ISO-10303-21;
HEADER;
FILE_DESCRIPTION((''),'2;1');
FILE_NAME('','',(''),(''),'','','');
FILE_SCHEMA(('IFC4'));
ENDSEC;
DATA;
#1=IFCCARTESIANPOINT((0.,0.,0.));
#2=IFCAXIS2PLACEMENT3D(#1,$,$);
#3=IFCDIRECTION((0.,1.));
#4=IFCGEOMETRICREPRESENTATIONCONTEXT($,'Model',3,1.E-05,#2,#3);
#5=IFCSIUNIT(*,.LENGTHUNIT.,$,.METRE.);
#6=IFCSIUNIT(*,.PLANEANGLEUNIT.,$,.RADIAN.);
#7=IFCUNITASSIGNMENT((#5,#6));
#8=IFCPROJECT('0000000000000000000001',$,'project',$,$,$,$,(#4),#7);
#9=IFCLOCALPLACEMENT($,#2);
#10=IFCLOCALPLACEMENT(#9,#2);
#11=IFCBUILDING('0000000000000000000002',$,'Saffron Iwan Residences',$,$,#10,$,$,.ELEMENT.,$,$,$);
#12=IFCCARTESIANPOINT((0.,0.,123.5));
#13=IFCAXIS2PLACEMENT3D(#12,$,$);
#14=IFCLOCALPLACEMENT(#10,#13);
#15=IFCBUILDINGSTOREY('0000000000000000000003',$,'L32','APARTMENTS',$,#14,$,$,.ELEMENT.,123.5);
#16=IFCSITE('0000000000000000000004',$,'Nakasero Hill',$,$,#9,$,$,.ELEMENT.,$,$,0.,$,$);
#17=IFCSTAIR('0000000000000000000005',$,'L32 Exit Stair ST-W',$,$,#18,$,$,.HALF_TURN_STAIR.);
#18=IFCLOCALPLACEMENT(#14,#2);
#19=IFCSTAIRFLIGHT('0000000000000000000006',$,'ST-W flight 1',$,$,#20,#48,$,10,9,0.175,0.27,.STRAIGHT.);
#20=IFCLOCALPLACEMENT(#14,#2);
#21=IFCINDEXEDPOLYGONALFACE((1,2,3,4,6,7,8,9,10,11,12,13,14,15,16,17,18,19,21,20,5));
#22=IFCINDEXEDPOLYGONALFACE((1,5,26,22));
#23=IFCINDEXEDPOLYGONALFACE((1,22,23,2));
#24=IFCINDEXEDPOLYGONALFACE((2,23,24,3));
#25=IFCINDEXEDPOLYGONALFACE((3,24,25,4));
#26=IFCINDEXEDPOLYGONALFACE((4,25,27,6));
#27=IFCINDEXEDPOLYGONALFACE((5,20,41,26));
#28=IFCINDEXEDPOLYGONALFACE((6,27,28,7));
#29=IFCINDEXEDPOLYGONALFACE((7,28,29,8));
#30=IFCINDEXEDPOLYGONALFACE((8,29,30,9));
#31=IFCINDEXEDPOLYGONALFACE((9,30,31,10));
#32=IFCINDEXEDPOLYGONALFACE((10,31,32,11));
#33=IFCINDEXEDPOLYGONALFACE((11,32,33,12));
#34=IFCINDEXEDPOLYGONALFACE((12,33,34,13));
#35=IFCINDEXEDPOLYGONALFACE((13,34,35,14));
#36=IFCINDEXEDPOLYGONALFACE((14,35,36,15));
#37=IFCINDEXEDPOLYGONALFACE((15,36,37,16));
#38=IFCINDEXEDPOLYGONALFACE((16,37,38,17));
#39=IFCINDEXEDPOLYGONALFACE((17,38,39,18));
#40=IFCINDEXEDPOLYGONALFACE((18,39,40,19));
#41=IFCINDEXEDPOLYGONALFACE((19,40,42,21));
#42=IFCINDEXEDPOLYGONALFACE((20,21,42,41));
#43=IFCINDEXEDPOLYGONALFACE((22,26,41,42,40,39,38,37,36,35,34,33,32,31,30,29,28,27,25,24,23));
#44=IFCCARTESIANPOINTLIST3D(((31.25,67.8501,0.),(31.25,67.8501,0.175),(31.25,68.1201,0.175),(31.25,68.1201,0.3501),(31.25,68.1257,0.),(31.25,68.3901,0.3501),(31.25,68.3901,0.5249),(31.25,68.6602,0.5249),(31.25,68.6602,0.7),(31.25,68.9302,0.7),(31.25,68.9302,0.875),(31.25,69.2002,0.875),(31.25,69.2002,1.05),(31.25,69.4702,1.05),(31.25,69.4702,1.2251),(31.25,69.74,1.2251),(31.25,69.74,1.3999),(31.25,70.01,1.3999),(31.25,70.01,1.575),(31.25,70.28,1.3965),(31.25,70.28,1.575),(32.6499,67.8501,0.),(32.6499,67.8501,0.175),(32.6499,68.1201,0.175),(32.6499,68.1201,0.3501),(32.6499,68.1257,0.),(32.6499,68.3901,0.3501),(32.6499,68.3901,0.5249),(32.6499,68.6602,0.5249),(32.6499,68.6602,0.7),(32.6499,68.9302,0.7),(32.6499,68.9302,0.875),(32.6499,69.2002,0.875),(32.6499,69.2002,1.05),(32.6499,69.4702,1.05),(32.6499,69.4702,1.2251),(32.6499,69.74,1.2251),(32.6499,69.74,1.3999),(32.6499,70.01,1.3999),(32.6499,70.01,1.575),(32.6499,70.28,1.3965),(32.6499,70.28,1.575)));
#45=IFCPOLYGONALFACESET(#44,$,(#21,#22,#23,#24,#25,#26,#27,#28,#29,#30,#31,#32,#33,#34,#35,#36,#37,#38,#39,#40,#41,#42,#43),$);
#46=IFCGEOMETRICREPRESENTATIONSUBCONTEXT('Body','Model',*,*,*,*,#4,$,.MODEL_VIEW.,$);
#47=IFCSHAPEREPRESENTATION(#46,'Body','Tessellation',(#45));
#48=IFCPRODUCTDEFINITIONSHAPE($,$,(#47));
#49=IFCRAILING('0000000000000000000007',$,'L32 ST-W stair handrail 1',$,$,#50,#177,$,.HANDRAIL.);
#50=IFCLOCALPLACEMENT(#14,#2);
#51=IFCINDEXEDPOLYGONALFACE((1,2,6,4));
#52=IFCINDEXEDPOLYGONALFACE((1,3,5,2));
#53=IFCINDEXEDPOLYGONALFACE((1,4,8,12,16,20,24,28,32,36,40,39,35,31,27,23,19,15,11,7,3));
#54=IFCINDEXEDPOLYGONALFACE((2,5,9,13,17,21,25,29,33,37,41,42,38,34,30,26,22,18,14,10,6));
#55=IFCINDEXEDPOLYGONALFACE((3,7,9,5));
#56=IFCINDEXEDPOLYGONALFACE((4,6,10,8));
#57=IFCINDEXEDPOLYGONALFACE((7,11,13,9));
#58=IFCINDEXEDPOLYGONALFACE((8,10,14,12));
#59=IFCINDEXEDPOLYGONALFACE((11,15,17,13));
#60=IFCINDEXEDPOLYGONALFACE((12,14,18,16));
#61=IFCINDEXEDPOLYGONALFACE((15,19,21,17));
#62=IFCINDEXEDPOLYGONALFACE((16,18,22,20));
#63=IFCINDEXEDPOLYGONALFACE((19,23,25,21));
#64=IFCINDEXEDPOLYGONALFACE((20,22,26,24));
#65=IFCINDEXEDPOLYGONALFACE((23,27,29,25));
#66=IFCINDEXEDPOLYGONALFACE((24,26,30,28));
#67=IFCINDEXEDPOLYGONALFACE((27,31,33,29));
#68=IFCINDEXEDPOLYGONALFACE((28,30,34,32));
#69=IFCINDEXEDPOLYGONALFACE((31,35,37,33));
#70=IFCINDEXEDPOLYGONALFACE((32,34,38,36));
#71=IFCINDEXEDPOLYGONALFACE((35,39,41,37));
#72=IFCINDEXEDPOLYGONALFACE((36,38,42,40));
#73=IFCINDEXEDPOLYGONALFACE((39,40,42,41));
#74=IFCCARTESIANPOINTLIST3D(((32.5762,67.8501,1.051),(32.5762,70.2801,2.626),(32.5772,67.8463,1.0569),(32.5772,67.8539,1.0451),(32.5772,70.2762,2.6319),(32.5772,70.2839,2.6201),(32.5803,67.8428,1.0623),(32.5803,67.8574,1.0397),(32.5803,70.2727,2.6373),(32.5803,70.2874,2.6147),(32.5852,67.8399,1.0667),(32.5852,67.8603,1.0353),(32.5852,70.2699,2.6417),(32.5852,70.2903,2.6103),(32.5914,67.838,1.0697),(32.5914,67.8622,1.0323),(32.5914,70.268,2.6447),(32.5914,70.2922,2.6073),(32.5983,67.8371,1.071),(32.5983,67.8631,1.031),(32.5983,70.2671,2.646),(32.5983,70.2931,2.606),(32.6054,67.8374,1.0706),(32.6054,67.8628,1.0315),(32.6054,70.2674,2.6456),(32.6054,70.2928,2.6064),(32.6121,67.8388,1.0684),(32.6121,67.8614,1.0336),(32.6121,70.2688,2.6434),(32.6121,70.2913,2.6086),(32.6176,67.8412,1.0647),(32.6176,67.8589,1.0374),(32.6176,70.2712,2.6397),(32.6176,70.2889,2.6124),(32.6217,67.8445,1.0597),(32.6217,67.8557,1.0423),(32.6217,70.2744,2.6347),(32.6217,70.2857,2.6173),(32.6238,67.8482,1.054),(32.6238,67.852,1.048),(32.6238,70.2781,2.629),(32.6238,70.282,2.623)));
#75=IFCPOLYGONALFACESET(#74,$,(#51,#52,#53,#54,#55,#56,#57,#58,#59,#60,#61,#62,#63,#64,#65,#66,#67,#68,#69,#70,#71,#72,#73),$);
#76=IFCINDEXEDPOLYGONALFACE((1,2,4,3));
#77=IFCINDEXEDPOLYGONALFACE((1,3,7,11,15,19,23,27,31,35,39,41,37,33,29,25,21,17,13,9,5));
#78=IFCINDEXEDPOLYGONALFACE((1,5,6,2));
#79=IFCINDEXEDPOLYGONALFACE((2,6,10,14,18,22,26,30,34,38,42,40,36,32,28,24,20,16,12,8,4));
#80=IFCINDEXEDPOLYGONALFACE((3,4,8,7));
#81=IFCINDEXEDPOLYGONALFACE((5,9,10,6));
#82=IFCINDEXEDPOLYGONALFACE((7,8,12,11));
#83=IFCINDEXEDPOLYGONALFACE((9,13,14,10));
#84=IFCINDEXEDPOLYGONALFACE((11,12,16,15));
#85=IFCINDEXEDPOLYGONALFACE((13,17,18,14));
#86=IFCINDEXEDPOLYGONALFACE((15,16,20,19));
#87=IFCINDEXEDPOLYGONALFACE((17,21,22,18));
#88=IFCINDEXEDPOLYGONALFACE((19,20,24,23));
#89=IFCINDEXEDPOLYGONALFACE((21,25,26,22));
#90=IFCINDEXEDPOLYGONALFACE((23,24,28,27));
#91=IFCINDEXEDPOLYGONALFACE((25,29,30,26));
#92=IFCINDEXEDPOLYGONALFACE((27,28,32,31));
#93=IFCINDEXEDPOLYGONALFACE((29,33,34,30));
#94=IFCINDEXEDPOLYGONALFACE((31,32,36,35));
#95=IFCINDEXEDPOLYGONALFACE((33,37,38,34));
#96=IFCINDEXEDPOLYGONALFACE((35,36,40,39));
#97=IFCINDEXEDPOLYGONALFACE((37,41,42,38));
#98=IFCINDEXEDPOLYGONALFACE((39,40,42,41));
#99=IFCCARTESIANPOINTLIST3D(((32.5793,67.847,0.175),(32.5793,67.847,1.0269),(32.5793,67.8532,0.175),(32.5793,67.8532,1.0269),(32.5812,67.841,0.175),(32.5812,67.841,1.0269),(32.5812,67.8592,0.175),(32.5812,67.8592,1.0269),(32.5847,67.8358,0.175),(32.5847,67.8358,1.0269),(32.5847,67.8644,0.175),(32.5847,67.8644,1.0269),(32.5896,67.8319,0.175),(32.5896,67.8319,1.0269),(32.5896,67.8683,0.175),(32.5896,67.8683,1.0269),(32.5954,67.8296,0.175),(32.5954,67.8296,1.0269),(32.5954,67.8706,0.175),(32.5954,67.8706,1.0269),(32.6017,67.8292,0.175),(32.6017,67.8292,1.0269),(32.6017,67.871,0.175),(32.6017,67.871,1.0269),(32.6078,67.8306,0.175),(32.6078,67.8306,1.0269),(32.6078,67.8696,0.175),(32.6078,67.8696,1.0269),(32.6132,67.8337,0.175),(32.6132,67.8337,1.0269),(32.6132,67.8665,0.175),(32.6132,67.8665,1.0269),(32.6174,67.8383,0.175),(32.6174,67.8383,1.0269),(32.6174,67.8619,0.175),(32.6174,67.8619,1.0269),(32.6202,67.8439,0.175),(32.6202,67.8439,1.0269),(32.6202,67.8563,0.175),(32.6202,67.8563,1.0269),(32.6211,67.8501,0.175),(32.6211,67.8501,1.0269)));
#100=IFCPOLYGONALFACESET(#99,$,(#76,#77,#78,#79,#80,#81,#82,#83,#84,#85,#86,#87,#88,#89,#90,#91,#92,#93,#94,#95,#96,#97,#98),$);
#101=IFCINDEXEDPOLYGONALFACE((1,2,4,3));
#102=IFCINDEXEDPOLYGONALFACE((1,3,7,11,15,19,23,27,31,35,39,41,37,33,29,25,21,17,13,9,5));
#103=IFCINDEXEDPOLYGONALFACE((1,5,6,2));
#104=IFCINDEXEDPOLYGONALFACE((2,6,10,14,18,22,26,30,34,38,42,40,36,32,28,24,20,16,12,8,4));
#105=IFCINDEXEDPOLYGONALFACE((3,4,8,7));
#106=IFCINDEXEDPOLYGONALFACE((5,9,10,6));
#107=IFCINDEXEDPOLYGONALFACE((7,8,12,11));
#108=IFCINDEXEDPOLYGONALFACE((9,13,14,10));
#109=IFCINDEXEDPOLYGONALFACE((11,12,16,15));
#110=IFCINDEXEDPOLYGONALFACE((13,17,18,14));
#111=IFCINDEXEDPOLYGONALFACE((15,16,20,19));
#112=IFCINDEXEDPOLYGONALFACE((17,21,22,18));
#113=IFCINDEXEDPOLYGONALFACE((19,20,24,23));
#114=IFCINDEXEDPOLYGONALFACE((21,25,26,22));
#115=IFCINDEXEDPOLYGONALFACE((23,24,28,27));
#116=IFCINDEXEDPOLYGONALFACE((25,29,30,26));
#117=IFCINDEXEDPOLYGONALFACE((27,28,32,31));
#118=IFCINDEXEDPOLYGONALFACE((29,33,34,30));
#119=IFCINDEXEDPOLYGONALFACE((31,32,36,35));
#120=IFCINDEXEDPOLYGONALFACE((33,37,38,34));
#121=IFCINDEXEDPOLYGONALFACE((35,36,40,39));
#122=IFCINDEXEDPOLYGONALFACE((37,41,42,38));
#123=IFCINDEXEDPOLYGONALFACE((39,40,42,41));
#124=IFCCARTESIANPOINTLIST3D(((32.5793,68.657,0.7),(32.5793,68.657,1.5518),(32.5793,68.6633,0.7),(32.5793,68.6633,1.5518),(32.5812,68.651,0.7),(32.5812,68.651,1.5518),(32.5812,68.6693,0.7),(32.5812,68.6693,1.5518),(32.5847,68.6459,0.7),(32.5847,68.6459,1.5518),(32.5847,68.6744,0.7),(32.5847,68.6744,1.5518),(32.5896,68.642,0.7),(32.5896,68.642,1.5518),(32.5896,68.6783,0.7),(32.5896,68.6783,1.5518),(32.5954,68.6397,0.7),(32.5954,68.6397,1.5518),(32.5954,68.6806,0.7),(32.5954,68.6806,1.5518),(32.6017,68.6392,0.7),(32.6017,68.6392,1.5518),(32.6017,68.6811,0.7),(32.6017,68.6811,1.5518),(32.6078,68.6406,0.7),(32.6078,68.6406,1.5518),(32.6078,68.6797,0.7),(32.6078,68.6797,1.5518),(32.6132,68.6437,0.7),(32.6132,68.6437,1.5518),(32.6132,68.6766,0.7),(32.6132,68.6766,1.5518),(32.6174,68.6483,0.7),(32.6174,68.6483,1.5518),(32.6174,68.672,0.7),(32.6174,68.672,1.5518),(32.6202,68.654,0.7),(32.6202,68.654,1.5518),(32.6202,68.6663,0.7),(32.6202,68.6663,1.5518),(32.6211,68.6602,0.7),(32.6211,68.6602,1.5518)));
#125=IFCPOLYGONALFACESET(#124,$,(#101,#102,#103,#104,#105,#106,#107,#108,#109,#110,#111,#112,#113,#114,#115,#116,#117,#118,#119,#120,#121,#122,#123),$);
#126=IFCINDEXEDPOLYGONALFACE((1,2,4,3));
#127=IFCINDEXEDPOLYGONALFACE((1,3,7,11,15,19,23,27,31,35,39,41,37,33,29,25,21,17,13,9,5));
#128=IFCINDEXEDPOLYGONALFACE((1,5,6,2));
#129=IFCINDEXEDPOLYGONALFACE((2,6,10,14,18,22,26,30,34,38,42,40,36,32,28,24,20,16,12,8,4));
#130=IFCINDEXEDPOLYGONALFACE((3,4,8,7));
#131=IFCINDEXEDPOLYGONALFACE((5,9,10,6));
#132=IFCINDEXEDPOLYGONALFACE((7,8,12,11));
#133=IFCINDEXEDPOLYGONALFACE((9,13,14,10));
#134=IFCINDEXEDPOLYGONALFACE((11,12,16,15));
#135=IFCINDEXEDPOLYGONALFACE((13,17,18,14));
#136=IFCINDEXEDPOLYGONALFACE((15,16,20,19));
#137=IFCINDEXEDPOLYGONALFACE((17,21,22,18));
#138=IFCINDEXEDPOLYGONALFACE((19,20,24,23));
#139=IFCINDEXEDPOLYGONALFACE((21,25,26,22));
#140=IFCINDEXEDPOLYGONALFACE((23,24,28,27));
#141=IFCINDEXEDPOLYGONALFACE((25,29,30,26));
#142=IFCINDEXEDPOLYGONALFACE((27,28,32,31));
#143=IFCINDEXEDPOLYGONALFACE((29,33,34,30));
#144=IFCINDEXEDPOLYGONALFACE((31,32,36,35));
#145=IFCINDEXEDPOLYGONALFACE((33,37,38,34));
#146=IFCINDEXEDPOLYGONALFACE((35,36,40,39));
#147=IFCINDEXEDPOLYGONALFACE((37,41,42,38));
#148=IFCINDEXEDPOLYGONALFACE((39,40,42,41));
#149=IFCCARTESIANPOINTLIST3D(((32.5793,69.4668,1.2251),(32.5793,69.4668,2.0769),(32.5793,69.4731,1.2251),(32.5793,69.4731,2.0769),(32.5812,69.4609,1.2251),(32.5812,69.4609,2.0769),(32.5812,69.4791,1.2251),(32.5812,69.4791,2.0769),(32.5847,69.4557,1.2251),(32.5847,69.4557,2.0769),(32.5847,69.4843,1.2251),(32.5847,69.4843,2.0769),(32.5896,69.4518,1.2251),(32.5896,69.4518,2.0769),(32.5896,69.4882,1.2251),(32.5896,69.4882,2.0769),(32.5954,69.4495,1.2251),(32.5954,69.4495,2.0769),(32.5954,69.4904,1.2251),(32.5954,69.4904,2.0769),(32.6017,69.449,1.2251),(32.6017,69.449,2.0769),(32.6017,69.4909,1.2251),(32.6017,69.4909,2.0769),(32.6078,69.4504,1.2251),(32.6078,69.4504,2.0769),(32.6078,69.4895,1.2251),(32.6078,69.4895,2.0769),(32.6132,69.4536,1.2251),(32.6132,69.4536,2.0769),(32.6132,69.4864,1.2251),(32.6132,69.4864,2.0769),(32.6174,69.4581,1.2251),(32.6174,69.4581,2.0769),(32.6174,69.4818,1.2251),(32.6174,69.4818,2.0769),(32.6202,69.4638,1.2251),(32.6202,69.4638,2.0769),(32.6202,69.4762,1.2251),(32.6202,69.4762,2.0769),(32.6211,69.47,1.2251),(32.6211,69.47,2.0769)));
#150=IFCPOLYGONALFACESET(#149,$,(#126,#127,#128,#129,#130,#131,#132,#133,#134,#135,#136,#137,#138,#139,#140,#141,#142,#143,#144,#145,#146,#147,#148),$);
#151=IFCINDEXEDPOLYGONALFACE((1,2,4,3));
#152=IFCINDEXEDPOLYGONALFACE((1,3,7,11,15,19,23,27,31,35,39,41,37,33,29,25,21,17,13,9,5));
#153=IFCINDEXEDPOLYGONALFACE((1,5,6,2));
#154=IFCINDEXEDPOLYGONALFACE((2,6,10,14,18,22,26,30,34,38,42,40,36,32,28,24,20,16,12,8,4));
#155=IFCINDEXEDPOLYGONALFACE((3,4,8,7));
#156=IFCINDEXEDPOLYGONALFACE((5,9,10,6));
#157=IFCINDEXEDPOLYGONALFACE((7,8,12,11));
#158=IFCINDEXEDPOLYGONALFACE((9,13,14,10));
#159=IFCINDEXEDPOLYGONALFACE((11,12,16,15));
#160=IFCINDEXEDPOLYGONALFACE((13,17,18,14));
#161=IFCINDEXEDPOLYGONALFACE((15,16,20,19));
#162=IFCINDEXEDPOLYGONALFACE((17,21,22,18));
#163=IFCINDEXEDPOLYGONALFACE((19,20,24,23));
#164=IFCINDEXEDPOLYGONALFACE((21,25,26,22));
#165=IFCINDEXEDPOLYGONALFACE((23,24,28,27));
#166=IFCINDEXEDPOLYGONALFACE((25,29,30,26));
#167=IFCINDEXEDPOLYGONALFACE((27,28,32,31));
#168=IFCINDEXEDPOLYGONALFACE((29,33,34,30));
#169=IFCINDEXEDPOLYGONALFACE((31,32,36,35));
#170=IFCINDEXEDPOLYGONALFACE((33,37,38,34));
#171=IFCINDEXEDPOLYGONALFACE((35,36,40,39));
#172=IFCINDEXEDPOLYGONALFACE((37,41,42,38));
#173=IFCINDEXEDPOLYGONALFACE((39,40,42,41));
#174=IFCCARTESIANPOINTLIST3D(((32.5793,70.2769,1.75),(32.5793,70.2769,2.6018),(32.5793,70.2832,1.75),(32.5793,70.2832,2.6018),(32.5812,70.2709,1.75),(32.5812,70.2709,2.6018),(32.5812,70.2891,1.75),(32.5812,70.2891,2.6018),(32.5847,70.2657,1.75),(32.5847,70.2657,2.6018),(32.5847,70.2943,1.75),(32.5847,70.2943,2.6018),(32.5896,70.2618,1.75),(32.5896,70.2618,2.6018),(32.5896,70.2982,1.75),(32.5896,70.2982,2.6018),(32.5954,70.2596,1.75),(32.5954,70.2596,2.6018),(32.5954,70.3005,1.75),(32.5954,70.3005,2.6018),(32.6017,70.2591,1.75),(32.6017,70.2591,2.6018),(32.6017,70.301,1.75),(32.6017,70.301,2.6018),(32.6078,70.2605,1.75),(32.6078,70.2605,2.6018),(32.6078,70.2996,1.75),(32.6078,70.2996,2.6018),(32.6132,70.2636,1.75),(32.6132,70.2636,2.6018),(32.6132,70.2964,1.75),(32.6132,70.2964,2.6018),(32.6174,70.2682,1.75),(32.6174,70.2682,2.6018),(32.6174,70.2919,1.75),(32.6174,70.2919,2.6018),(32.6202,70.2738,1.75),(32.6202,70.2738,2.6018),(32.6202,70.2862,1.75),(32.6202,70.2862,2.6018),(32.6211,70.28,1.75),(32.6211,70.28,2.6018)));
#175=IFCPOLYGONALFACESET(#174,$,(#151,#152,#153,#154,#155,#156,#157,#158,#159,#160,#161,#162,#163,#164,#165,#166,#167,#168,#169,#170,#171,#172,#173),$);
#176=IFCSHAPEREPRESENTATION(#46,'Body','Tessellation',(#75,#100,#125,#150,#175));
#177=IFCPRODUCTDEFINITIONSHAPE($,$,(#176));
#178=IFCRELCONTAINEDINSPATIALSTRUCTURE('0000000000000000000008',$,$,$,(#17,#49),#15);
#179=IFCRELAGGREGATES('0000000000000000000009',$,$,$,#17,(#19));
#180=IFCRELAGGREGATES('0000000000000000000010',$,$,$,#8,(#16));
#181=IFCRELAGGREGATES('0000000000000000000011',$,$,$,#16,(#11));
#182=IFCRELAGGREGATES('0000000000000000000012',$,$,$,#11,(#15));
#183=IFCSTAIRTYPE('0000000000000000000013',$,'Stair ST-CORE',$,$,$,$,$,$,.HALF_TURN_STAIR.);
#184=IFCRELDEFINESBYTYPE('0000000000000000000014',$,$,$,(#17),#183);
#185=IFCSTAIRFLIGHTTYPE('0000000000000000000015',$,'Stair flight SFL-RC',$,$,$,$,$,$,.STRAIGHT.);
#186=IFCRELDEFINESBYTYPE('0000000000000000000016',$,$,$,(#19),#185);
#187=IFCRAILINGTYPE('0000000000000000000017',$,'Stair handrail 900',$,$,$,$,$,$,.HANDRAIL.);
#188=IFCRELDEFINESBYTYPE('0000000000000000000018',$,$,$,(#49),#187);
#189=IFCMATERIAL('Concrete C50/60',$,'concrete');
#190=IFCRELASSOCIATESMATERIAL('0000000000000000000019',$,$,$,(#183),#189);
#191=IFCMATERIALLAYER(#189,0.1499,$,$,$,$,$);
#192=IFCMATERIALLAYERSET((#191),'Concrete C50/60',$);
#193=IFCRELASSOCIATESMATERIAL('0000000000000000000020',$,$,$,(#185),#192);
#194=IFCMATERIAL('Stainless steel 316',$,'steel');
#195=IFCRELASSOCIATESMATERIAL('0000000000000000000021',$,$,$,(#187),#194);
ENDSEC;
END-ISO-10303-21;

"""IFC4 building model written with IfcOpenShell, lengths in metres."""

from ifc_helpers import new_model, si_unit, direction, frame, origin, origin_2d, place, context, subcontext, project, spatial, polyline, circle, outline, extrude, material, layer, layer_set, type_object, element, aggregate, save


model = new_model("IFC4")

# Units and contexts
model_context = context("Model", 3, precision=1e-05, world=origin(), true_north=direction((0.0, 1.0)))
body_context = subcontext(model_context, "Body", "Model", "MODEL_VIEW")
ifc_project = project(units=[si_unit("LENGTHUNIT", "METRE"), si_unit("PLANEANGLEUNIT", "RADIAN")], contexts=[model_context])

# Site, building, storey
site_placement = place(None, origin())
site = spatial("IfcSite", under=ifc_project, at=site_placement, Name="Nakasero Hill", CompositionType="ELEMENT", RefElevation=0.0)
building_placement = place(site_placement, origin())
building = spatial("IfcBuilding", under=site, at=building_placement, Name="Saffron Iwan Residences", CompositionType="ELEMENT")
storey_placement = place(building_placement, frame((0.0, 0.0, 123.5)))
storey = spatial("IfcBuildingStorey", under=building, at=storey_placement, Name="L32", Description="APARTMENTS", CompositionType="ELEMENT", Elevation=123.5)

# Shared definitions
ifc_material_1 = material(Name="Concrete C50/60", Category="concrete")

# Stair, stair flight
stair_type = type_object("IfcStairType", Name="Stair ST-CORE", PredefinedType="HALF_TURN_STAIR", material=ifc_material_1)
stair_placement = place(storey_placement, origin())
stair = element("IfcStair", 1, at=stair_placement, inside=storey, type_object=stair_type, Name="L32 Exit Stair ST-W", PredefinedType="HALF_TURN_STAIR")
ifc_layer_1 = layer(ifc_material_1, 0.1499)
ifc_layer_set_1 = layer_set([ifc_layer_1], Name="Concrete C50/60")
stair_flight_type = type_object("IfcStairFlightType", Name="Stair flight SFL-RC", PredefinedType="STRAIGHT", material=ifc_layer_set_1)
stair_flight_placement = place(storey_placement, frame((31.95, 67.8501, 0.0), z_axis=(0.0, 0.0, 1.0), x_axis=(0.0, 1.0, 0.0)))
stair_flight = element("IfcStairFlight", 2, at=stair_flight_placement, type_object=stair_flight_type, Name="ST-W flight 1", NumberOfRisers=10, NumberOfTreads=9, PredefinedType="STRAIGHT", RiserHeight=0.175, TreadLength=0.27, context=body_context, shape_type="SweptSolid", body=[
    extrude(outline(polyline([(0.0, 0.0), (0.0, 0.175), (0.27, 0.175), (0.27, 0.3501), (0.54, 0.3501), (0.54, 0.5249), (0.8101, 0.5249), (0.8101, 0.7), (1.0801, 0.7), (1.0801, 0.875), (1.3501, 0.875), (1.3501, 1.05), (1.6201, 1.05), (1.6201, 1.2251), (1.8899, 1.2251), (1.8899, 1.3999), (2.1599, 1.3999), (2.1599, 1.575), (2.4299, 1.575), (2.4299, 1.75), (2.4299, 1.3965), (0.2756, 0.0), (0.0, 0.0)])), frame((0.0, 0.7, 0.0), z_axis=(0.0, -1.0, 0.0), x_axis=(1.0, 0.0, 0.0)), (0.0, 0.0, 1.0), 1.3999),
])
aggregate(stair, [stair_flight])

# Railing
ifc_material_2 = material(Name="Stainless steel 316", Category="steel")
railing_type = type_object("IfcRailingType", Name="Stair handrail 900", PredefinedType="HANDRAIL", material=ifc_material_2)
railing_placement = place(storey_placement, frame((32.6001, 67.8501, 0.175)))
element("IfcRailing", 3, at=railing_placement, inside=storey, type_object=railing_type, Name="L32 ST-W stair handrail 1", PredefinedType="HANDRAIL", context=body_context, shape_type="SweptSolid", body=[
    extrude(circle(Radius=0.0239, at=origin_2d()), frame((0.0, 0.0, 0.876), z_axis=(0.0, 0.839154, 0.543894), x_axis=(-1.0, 0.0, 0.0)), (0.0, 0.0, 1.0), 2.8958),
    extrude(circle(Radius=0.021, at=origin_2d()), origin(), (0.0, 0.0, 1.0), 0.8518),
    extrude(circle(Radius=0.021, at=origin_2d()), frame((0.0, 0.8101, 0.5249)), (0.0, 0.0, 1.0), 0.8518),
    extrude(circle(Radius=0.021, at=origin_2d()), frame((0.0, 1.6199, 1.05)), (0.0, 0.0, 1.0), 0.8518),
    extrude(circle(Radius=0.021, at=origin_2d()), frame((0.0, 2.4299, 1.575)), (0.0, 0.0, 1.0), 0.8518),
])

save(model, "model.ifc")
